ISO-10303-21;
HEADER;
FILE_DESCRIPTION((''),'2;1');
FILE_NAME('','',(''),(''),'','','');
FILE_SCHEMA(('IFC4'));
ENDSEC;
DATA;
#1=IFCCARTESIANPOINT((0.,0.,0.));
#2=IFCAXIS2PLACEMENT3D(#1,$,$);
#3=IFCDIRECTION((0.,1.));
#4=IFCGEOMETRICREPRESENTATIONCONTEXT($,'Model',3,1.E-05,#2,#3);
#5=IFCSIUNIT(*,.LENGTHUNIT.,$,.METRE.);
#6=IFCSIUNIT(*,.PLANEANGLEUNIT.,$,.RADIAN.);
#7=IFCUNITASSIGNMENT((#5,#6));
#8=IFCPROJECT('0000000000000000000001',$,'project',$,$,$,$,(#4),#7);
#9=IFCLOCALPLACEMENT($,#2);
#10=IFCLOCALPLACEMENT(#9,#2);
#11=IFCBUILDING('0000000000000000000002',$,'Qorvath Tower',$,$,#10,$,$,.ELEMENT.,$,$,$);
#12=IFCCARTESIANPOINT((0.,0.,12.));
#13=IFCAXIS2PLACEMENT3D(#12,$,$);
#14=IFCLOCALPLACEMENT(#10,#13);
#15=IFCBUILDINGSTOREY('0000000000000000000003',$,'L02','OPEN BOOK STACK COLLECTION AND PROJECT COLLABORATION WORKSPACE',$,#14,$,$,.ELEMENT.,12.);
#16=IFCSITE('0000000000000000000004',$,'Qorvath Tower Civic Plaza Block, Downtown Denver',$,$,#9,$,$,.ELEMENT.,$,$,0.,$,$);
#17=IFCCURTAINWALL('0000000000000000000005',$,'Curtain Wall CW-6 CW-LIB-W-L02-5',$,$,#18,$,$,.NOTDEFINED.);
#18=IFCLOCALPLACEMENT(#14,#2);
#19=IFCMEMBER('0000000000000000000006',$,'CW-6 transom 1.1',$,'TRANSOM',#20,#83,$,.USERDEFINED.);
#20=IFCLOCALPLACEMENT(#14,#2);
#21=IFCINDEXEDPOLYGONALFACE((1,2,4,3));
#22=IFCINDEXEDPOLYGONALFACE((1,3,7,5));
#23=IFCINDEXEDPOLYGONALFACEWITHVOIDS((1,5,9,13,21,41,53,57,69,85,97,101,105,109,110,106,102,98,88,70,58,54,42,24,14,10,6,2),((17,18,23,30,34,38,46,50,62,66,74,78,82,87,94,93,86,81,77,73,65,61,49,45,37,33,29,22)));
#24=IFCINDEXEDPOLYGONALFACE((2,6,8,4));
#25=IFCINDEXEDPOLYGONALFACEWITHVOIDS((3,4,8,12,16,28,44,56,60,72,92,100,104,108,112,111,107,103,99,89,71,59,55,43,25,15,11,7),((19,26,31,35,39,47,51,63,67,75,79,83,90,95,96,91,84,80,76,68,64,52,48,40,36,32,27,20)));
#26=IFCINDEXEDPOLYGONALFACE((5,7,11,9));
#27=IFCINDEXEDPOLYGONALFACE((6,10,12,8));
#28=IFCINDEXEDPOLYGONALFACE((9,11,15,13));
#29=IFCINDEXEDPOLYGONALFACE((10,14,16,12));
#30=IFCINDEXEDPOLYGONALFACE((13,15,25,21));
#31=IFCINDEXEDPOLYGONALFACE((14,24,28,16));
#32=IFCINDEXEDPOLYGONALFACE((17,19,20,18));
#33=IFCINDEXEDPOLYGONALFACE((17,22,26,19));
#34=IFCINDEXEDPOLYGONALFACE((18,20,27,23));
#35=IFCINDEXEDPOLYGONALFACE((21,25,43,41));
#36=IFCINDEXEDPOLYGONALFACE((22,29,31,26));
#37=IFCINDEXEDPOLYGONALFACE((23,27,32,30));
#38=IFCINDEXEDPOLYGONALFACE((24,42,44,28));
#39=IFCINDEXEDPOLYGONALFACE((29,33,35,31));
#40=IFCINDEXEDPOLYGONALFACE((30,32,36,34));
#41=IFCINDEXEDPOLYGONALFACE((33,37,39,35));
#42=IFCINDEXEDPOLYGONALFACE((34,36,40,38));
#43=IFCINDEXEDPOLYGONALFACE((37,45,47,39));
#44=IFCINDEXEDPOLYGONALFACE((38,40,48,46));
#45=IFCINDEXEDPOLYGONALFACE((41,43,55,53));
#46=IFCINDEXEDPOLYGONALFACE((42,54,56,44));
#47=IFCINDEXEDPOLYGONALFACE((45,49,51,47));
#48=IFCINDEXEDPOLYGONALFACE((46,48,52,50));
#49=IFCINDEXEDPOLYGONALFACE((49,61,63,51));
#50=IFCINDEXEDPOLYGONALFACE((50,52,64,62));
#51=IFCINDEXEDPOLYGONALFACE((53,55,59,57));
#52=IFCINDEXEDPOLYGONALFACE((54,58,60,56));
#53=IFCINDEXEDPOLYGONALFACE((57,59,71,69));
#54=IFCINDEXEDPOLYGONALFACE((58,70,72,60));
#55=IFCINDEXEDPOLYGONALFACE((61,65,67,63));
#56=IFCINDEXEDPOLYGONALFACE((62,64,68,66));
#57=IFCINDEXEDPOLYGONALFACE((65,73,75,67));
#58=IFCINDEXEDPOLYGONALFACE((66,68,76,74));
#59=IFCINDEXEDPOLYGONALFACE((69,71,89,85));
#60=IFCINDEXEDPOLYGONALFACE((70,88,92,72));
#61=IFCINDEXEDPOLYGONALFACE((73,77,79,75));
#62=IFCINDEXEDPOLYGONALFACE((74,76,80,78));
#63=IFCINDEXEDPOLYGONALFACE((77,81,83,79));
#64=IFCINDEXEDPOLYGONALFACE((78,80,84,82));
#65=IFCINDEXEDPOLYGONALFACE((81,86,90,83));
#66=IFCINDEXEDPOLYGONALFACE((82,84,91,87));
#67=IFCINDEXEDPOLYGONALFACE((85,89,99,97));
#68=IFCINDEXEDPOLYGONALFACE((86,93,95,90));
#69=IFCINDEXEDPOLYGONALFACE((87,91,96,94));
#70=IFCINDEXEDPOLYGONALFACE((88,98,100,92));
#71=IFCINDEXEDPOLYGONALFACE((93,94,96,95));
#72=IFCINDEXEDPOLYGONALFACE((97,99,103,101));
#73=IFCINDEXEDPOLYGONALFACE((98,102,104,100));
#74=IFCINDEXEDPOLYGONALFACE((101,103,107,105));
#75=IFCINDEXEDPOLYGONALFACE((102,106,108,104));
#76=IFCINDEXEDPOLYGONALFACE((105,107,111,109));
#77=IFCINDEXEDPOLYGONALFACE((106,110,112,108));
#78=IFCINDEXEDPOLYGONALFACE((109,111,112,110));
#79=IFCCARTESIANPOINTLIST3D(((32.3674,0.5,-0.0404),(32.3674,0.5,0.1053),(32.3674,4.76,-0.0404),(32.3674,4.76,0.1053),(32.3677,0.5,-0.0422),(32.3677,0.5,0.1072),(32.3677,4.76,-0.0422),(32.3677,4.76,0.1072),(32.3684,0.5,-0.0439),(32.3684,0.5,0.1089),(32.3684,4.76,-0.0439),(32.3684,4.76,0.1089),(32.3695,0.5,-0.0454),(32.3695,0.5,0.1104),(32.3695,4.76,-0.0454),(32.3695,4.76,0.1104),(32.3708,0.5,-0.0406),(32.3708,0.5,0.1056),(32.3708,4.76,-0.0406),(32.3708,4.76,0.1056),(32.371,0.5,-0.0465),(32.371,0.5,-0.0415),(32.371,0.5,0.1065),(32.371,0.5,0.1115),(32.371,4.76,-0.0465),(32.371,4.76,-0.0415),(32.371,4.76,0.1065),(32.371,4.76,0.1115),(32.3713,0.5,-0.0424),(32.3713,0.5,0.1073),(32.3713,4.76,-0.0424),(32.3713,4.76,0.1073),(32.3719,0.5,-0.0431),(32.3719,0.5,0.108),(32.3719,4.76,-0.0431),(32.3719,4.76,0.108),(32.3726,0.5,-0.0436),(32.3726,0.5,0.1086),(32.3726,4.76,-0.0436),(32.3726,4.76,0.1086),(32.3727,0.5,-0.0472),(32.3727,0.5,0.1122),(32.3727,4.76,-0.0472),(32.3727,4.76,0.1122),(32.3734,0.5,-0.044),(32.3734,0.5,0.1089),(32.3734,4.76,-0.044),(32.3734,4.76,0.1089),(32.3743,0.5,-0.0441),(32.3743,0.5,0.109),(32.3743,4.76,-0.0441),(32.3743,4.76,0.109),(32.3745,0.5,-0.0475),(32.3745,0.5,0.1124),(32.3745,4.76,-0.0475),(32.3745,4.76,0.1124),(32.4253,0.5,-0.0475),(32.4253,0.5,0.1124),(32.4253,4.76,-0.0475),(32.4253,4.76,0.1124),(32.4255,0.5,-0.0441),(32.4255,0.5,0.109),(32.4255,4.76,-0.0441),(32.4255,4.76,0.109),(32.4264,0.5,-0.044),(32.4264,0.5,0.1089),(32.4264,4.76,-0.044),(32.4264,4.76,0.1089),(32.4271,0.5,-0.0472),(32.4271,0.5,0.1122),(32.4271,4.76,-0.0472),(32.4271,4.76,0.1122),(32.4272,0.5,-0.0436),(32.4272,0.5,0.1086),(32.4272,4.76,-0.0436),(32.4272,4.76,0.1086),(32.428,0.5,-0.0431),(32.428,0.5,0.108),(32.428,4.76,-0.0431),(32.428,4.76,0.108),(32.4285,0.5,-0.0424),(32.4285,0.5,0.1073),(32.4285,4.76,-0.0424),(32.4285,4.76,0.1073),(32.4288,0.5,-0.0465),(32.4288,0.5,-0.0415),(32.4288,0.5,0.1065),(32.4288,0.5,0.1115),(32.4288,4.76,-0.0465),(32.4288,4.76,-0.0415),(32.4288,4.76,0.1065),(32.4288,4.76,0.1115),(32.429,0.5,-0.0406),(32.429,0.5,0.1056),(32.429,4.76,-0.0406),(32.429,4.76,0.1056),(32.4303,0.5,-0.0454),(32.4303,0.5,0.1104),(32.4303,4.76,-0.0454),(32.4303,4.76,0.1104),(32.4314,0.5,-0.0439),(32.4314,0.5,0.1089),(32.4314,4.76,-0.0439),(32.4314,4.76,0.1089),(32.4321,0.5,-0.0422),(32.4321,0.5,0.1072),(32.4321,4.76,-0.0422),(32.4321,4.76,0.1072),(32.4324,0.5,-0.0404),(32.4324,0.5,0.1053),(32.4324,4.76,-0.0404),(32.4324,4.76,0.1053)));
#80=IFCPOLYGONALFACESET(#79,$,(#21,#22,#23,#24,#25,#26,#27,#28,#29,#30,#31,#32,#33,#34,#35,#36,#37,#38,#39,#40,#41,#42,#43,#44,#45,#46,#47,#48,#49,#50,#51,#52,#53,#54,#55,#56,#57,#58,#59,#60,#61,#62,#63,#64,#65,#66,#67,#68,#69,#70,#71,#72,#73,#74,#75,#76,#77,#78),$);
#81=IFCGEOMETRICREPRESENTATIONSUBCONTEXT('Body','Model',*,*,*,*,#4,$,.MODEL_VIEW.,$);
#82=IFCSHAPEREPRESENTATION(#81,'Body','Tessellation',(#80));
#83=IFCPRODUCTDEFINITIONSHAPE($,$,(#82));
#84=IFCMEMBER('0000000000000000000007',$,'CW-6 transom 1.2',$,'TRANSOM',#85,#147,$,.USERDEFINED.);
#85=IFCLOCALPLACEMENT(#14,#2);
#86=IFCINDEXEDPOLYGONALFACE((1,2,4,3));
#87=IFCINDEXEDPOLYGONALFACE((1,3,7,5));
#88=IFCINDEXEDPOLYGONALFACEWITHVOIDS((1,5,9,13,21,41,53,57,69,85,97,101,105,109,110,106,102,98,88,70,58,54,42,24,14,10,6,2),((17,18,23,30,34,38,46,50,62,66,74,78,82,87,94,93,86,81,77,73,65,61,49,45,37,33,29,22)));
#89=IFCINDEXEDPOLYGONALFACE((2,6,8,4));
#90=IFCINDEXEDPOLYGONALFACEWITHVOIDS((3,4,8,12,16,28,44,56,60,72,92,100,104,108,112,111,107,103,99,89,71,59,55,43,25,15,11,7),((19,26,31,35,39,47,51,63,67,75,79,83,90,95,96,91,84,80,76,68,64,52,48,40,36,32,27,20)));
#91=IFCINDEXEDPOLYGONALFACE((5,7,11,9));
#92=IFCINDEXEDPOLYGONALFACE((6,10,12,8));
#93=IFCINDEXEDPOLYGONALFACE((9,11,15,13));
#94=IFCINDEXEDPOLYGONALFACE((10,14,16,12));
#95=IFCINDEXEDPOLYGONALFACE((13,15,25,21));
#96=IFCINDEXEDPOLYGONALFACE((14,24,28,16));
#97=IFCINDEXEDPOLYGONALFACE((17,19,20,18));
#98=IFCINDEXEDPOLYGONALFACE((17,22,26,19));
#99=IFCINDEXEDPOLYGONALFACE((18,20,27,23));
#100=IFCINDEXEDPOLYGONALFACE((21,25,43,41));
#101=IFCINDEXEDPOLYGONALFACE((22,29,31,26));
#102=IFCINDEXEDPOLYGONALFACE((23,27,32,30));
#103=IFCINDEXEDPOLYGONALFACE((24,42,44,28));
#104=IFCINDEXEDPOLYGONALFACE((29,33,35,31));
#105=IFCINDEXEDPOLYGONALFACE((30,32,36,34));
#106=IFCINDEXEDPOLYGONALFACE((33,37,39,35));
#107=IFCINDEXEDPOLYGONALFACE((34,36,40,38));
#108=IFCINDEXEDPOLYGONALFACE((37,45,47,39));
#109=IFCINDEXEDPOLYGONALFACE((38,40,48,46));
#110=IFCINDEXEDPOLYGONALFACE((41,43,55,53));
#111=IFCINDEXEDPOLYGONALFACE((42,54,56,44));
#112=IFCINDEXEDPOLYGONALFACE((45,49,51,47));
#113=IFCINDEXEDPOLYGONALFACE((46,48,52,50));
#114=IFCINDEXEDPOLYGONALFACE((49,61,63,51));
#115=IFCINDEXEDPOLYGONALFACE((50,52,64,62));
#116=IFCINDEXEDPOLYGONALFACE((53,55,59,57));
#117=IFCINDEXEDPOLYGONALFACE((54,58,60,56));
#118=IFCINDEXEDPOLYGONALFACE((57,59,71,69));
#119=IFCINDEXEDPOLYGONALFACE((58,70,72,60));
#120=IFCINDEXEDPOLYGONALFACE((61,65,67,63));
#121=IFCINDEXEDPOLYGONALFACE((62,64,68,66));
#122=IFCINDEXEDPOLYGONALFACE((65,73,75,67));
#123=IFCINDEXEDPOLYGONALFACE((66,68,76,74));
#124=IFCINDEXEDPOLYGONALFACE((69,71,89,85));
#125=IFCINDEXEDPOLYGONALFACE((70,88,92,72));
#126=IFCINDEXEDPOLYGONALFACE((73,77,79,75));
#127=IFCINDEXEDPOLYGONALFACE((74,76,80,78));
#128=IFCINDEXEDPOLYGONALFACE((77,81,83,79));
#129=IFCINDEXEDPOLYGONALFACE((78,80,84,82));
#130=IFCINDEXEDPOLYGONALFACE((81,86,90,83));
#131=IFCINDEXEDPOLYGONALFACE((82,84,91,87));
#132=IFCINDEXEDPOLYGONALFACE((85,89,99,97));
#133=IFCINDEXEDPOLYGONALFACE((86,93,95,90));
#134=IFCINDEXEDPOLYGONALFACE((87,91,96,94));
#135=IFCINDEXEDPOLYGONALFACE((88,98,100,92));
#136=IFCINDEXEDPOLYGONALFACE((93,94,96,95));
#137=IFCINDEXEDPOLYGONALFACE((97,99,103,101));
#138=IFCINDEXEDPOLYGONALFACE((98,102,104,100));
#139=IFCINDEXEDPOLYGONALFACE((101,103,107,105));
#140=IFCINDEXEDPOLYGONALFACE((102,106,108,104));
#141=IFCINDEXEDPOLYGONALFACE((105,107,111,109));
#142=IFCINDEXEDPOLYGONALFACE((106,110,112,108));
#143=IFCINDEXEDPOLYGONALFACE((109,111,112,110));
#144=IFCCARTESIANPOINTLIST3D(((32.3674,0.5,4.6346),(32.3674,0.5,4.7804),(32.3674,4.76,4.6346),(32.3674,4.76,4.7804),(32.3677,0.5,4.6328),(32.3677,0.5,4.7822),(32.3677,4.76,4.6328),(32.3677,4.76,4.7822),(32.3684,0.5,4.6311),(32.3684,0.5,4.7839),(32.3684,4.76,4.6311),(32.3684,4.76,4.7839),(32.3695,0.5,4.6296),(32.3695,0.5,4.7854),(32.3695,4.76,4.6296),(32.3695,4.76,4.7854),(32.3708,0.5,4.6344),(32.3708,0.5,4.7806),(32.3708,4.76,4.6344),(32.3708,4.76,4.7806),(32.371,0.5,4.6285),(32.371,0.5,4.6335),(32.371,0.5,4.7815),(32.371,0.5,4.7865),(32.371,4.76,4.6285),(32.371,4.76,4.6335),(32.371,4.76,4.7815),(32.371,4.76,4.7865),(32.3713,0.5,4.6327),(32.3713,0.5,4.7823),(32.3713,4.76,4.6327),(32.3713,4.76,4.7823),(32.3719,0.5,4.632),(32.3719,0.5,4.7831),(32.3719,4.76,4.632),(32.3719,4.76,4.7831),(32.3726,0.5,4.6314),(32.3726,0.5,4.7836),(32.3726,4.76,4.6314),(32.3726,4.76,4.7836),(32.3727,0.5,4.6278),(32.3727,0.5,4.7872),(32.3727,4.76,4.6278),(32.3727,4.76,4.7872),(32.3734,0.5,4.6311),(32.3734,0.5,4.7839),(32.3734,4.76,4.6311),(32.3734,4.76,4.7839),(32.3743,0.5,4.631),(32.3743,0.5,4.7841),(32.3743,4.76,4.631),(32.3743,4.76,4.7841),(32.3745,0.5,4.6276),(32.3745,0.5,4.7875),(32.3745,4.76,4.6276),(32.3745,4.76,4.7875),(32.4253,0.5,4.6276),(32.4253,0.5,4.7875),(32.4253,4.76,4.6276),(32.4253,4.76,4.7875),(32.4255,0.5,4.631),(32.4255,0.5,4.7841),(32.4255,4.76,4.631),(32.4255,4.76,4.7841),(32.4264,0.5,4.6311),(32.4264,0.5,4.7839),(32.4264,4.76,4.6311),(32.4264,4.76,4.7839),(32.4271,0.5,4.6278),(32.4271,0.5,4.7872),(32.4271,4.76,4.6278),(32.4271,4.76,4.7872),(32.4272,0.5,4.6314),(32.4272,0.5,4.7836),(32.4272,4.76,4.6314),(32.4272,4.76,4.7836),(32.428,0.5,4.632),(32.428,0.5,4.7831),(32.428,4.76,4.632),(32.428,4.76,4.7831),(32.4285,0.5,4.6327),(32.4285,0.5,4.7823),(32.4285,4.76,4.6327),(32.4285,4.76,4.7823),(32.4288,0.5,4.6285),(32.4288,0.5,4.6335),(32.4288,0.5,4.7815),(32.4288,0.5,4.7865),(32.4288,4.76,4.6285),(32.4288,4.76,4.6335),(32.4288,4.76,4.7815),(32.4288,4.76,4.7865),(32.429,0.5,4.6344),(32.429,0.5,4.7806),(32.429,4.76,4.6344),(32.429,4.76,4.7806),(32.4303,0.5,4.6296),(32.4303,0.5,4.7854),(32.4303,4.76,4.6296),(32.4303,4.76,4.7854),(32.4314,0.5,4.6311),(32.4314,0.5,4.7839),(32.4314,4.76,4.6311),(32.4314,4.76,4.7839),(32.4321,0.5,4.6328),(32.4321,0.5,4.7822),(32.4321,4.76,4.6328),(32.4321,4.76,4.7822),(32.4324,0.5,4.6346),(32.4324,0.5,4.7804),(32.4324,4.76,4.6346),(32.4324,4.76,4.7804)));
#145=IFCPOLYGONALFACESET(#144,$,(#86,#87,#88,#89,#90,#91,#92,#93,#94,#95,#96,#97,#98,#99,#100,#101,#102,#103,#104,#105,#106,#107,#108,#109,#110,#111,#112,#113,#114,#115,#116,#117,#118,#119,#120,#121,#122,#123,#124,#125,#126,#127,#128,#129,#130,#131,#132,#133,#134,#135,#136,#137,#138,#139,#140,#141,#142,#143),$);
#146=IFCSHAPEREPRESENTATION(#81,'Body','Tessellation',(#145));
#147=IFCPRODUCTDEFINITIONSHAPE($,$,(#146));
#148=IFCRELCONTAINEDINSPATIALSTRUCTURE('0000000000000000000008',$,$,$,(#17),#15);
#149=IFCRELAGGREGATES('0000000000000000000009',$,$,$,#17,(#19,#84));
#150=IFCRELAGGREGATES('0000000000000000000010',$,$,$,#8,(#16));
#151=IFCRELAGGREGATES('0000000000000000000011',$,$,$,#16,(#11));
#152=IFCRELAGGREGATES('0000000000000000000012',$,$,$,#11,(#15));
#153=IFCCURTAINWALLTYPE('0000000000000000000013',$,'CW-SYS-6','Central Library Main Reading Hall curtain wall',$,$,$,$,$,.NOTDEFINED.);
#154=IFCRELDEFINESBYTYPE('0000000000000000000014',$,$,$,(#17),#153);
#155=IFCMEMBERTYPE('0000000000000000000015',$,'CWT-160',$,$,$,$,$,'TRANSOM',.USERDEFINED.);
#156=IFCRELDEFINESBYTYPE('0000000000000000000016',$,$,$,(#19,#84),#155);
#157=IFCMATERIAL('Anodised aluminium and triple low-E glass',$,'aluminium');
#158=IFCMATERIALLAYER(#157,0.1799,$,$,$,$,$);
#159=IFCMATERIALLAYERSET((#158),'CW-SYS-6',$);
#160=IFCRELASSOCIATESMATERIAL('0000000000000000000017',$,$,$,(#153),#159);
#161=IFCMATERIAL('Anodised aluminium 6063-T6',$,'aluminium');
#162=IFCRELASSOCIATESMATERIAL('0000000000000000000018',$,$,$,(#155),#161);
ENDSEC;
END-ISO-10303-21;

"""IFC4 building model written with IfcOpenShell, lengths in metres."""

from ifc_helpers import new_model, si_unit, direction, frame, origin, origin_2d, place, context, subcontext, project, spatial, hollow_rectangle, extrude, material, layer, layer_set, material_profile, profile_set, type_object, element, aggregate, save


model = new_model("IFC4")

# Units and contexts
model_context = context("Model", 3, precision=1e-05, world=origin(), true_north=direction((0.0, 1.0)))
body_context = subcontext(model_context, "Body", "Model", "MODEL_VIEW")
ifc_project = project(units=[si_unit("LENGTHUNIT", "METRE"), si_unit("PLANEANGLEUNIT", "RADIAN")], contexts=[model_context])

# Site, building, storey
site_placement = place(None, origin())
site = spatial("IfcSite", under=ifc_project, at=site_placement, Name="Qorvath Tower Civic Plaza Block, Downtown Denver", CompositionType="ELEMENT", RefElevation=0.0)
building_placement = place(site_placement, origin())
building = spatial("IfcBuilding", under=site, at=building_placement, Name="Qorvath Tower", CompositionType="ELEMENT")
storey_placement = place(building_placement, frame((0.0, 0.0, 12.0)))
storey = spatial("IfcBuildingStorey", under=building, at=storey_placement, Name="L02", Description="OPEN BOOK STACK COLLECTION AND PROJECT COLLABORATION WORKSPACE", CompositionType="ELEMENT", Elevation=12.0)

# Curtain wall
ifc_material_1 = material(Name="Anodised aluminium and triple low-E glass", Category="aluminium")
ifc_layer_1 = layer(ifc_material_1, 0.1799)
ifc_layer_set_1 = layer_set([ifc_layer_1], Name="CW-SYS-6")
curtain_wall_type = type_object("IfcCurtainWallType", Name="CW-SYS-6", Description="Central Library Main Reading Hall curtain wall", PredefinedType="NOTDEFINED", material=ifc_layer_set_1)
curtain_wall_1_placement = place(storey_placement, origin())
curtain_wall_1 = element("IfcCurtainWall", 1, at=curtain_wall_1_placement, inside=storey, type_object=curtain_wall_type, Name="Curtain Wall CW-6 CW-LIB-W-L02-5", PredefinedType="NOTDEFINED")

# Members
ifc_material_2 = material(Name="Anodised aluminium 6063-T6", Category="aluminium")
ifc_material_profile_1 = material_profile(ifc_material_2, hollow_rectangle(XDim=0.0649, YDim=0.1599, WallThickness=0.0034, InnerFilletRadius=0.0034, OuterFilletRadius=0.0071, at=origin_2d()), Name="CWT 160x65")
ifc_profile_set_1 = profile_set([ifc_material_profile_1], Name="Anodised aluminium 6063-T6")
member_type_1 = type_object("IfcMemberType", Name="CWT-160", ElementType="TRANSOM", PredefinedType="USERDEFINED", material=ifc_profile_set_1)
member_1_placement = place(storey_placement, frame((32.3999, 0.5, 0.0325), z_axis=(0.0, 1.0, 0.0), x_axis=(-1.0, 0.0, 0.0)))
member_1 = element("IfcMember", 2, at=member_1_placement, type_object=member_type_1, Name="CW-6 transom 1.1", ObjectType="TRANSOM", PredefinedType="USERDEFINED", context=body_context, shape_type="SweptSolid", body=[
    extrude(hollow_rectangle(XDim=0.0649, YDim=0.1599, WallThickness=0.0034, InnerFilletRadius=0.0034, OuterFilletRadius=0.0071, at=origin_2d()), origin(), (0.0, 0.0, 1.0), 4.26),
])
member_2_placement = place(storey_placement, frame((32.3999, 0.5, 4.7075), z_axis=(0.0, 1.0, 0.0), x_axis=(-1.0, 0.0, 0.0)))
member_2 = element("IfcMember", 3, at=member_2_placement, type_object=member_type_1, Name="CW-6 transom 1.2", ObjectType="TRANSOM", PredefinedType="USERDEFINED", context=body_context, shape_type="SweptSolid", body=[
    extrude(hollow_rectangle(XDim=0.0649, YDim=0.1599, WallThickness=0.0034, InnerFilletRadius=0.0034, OuterFilletRadius=0.0071, at=origin_2d()), origin(), (0.0, 0.0, 1.0), 4.26),
])

aggregate(curtain_wall_1, [member_1, member_2])

save(model, "model.ifc")
